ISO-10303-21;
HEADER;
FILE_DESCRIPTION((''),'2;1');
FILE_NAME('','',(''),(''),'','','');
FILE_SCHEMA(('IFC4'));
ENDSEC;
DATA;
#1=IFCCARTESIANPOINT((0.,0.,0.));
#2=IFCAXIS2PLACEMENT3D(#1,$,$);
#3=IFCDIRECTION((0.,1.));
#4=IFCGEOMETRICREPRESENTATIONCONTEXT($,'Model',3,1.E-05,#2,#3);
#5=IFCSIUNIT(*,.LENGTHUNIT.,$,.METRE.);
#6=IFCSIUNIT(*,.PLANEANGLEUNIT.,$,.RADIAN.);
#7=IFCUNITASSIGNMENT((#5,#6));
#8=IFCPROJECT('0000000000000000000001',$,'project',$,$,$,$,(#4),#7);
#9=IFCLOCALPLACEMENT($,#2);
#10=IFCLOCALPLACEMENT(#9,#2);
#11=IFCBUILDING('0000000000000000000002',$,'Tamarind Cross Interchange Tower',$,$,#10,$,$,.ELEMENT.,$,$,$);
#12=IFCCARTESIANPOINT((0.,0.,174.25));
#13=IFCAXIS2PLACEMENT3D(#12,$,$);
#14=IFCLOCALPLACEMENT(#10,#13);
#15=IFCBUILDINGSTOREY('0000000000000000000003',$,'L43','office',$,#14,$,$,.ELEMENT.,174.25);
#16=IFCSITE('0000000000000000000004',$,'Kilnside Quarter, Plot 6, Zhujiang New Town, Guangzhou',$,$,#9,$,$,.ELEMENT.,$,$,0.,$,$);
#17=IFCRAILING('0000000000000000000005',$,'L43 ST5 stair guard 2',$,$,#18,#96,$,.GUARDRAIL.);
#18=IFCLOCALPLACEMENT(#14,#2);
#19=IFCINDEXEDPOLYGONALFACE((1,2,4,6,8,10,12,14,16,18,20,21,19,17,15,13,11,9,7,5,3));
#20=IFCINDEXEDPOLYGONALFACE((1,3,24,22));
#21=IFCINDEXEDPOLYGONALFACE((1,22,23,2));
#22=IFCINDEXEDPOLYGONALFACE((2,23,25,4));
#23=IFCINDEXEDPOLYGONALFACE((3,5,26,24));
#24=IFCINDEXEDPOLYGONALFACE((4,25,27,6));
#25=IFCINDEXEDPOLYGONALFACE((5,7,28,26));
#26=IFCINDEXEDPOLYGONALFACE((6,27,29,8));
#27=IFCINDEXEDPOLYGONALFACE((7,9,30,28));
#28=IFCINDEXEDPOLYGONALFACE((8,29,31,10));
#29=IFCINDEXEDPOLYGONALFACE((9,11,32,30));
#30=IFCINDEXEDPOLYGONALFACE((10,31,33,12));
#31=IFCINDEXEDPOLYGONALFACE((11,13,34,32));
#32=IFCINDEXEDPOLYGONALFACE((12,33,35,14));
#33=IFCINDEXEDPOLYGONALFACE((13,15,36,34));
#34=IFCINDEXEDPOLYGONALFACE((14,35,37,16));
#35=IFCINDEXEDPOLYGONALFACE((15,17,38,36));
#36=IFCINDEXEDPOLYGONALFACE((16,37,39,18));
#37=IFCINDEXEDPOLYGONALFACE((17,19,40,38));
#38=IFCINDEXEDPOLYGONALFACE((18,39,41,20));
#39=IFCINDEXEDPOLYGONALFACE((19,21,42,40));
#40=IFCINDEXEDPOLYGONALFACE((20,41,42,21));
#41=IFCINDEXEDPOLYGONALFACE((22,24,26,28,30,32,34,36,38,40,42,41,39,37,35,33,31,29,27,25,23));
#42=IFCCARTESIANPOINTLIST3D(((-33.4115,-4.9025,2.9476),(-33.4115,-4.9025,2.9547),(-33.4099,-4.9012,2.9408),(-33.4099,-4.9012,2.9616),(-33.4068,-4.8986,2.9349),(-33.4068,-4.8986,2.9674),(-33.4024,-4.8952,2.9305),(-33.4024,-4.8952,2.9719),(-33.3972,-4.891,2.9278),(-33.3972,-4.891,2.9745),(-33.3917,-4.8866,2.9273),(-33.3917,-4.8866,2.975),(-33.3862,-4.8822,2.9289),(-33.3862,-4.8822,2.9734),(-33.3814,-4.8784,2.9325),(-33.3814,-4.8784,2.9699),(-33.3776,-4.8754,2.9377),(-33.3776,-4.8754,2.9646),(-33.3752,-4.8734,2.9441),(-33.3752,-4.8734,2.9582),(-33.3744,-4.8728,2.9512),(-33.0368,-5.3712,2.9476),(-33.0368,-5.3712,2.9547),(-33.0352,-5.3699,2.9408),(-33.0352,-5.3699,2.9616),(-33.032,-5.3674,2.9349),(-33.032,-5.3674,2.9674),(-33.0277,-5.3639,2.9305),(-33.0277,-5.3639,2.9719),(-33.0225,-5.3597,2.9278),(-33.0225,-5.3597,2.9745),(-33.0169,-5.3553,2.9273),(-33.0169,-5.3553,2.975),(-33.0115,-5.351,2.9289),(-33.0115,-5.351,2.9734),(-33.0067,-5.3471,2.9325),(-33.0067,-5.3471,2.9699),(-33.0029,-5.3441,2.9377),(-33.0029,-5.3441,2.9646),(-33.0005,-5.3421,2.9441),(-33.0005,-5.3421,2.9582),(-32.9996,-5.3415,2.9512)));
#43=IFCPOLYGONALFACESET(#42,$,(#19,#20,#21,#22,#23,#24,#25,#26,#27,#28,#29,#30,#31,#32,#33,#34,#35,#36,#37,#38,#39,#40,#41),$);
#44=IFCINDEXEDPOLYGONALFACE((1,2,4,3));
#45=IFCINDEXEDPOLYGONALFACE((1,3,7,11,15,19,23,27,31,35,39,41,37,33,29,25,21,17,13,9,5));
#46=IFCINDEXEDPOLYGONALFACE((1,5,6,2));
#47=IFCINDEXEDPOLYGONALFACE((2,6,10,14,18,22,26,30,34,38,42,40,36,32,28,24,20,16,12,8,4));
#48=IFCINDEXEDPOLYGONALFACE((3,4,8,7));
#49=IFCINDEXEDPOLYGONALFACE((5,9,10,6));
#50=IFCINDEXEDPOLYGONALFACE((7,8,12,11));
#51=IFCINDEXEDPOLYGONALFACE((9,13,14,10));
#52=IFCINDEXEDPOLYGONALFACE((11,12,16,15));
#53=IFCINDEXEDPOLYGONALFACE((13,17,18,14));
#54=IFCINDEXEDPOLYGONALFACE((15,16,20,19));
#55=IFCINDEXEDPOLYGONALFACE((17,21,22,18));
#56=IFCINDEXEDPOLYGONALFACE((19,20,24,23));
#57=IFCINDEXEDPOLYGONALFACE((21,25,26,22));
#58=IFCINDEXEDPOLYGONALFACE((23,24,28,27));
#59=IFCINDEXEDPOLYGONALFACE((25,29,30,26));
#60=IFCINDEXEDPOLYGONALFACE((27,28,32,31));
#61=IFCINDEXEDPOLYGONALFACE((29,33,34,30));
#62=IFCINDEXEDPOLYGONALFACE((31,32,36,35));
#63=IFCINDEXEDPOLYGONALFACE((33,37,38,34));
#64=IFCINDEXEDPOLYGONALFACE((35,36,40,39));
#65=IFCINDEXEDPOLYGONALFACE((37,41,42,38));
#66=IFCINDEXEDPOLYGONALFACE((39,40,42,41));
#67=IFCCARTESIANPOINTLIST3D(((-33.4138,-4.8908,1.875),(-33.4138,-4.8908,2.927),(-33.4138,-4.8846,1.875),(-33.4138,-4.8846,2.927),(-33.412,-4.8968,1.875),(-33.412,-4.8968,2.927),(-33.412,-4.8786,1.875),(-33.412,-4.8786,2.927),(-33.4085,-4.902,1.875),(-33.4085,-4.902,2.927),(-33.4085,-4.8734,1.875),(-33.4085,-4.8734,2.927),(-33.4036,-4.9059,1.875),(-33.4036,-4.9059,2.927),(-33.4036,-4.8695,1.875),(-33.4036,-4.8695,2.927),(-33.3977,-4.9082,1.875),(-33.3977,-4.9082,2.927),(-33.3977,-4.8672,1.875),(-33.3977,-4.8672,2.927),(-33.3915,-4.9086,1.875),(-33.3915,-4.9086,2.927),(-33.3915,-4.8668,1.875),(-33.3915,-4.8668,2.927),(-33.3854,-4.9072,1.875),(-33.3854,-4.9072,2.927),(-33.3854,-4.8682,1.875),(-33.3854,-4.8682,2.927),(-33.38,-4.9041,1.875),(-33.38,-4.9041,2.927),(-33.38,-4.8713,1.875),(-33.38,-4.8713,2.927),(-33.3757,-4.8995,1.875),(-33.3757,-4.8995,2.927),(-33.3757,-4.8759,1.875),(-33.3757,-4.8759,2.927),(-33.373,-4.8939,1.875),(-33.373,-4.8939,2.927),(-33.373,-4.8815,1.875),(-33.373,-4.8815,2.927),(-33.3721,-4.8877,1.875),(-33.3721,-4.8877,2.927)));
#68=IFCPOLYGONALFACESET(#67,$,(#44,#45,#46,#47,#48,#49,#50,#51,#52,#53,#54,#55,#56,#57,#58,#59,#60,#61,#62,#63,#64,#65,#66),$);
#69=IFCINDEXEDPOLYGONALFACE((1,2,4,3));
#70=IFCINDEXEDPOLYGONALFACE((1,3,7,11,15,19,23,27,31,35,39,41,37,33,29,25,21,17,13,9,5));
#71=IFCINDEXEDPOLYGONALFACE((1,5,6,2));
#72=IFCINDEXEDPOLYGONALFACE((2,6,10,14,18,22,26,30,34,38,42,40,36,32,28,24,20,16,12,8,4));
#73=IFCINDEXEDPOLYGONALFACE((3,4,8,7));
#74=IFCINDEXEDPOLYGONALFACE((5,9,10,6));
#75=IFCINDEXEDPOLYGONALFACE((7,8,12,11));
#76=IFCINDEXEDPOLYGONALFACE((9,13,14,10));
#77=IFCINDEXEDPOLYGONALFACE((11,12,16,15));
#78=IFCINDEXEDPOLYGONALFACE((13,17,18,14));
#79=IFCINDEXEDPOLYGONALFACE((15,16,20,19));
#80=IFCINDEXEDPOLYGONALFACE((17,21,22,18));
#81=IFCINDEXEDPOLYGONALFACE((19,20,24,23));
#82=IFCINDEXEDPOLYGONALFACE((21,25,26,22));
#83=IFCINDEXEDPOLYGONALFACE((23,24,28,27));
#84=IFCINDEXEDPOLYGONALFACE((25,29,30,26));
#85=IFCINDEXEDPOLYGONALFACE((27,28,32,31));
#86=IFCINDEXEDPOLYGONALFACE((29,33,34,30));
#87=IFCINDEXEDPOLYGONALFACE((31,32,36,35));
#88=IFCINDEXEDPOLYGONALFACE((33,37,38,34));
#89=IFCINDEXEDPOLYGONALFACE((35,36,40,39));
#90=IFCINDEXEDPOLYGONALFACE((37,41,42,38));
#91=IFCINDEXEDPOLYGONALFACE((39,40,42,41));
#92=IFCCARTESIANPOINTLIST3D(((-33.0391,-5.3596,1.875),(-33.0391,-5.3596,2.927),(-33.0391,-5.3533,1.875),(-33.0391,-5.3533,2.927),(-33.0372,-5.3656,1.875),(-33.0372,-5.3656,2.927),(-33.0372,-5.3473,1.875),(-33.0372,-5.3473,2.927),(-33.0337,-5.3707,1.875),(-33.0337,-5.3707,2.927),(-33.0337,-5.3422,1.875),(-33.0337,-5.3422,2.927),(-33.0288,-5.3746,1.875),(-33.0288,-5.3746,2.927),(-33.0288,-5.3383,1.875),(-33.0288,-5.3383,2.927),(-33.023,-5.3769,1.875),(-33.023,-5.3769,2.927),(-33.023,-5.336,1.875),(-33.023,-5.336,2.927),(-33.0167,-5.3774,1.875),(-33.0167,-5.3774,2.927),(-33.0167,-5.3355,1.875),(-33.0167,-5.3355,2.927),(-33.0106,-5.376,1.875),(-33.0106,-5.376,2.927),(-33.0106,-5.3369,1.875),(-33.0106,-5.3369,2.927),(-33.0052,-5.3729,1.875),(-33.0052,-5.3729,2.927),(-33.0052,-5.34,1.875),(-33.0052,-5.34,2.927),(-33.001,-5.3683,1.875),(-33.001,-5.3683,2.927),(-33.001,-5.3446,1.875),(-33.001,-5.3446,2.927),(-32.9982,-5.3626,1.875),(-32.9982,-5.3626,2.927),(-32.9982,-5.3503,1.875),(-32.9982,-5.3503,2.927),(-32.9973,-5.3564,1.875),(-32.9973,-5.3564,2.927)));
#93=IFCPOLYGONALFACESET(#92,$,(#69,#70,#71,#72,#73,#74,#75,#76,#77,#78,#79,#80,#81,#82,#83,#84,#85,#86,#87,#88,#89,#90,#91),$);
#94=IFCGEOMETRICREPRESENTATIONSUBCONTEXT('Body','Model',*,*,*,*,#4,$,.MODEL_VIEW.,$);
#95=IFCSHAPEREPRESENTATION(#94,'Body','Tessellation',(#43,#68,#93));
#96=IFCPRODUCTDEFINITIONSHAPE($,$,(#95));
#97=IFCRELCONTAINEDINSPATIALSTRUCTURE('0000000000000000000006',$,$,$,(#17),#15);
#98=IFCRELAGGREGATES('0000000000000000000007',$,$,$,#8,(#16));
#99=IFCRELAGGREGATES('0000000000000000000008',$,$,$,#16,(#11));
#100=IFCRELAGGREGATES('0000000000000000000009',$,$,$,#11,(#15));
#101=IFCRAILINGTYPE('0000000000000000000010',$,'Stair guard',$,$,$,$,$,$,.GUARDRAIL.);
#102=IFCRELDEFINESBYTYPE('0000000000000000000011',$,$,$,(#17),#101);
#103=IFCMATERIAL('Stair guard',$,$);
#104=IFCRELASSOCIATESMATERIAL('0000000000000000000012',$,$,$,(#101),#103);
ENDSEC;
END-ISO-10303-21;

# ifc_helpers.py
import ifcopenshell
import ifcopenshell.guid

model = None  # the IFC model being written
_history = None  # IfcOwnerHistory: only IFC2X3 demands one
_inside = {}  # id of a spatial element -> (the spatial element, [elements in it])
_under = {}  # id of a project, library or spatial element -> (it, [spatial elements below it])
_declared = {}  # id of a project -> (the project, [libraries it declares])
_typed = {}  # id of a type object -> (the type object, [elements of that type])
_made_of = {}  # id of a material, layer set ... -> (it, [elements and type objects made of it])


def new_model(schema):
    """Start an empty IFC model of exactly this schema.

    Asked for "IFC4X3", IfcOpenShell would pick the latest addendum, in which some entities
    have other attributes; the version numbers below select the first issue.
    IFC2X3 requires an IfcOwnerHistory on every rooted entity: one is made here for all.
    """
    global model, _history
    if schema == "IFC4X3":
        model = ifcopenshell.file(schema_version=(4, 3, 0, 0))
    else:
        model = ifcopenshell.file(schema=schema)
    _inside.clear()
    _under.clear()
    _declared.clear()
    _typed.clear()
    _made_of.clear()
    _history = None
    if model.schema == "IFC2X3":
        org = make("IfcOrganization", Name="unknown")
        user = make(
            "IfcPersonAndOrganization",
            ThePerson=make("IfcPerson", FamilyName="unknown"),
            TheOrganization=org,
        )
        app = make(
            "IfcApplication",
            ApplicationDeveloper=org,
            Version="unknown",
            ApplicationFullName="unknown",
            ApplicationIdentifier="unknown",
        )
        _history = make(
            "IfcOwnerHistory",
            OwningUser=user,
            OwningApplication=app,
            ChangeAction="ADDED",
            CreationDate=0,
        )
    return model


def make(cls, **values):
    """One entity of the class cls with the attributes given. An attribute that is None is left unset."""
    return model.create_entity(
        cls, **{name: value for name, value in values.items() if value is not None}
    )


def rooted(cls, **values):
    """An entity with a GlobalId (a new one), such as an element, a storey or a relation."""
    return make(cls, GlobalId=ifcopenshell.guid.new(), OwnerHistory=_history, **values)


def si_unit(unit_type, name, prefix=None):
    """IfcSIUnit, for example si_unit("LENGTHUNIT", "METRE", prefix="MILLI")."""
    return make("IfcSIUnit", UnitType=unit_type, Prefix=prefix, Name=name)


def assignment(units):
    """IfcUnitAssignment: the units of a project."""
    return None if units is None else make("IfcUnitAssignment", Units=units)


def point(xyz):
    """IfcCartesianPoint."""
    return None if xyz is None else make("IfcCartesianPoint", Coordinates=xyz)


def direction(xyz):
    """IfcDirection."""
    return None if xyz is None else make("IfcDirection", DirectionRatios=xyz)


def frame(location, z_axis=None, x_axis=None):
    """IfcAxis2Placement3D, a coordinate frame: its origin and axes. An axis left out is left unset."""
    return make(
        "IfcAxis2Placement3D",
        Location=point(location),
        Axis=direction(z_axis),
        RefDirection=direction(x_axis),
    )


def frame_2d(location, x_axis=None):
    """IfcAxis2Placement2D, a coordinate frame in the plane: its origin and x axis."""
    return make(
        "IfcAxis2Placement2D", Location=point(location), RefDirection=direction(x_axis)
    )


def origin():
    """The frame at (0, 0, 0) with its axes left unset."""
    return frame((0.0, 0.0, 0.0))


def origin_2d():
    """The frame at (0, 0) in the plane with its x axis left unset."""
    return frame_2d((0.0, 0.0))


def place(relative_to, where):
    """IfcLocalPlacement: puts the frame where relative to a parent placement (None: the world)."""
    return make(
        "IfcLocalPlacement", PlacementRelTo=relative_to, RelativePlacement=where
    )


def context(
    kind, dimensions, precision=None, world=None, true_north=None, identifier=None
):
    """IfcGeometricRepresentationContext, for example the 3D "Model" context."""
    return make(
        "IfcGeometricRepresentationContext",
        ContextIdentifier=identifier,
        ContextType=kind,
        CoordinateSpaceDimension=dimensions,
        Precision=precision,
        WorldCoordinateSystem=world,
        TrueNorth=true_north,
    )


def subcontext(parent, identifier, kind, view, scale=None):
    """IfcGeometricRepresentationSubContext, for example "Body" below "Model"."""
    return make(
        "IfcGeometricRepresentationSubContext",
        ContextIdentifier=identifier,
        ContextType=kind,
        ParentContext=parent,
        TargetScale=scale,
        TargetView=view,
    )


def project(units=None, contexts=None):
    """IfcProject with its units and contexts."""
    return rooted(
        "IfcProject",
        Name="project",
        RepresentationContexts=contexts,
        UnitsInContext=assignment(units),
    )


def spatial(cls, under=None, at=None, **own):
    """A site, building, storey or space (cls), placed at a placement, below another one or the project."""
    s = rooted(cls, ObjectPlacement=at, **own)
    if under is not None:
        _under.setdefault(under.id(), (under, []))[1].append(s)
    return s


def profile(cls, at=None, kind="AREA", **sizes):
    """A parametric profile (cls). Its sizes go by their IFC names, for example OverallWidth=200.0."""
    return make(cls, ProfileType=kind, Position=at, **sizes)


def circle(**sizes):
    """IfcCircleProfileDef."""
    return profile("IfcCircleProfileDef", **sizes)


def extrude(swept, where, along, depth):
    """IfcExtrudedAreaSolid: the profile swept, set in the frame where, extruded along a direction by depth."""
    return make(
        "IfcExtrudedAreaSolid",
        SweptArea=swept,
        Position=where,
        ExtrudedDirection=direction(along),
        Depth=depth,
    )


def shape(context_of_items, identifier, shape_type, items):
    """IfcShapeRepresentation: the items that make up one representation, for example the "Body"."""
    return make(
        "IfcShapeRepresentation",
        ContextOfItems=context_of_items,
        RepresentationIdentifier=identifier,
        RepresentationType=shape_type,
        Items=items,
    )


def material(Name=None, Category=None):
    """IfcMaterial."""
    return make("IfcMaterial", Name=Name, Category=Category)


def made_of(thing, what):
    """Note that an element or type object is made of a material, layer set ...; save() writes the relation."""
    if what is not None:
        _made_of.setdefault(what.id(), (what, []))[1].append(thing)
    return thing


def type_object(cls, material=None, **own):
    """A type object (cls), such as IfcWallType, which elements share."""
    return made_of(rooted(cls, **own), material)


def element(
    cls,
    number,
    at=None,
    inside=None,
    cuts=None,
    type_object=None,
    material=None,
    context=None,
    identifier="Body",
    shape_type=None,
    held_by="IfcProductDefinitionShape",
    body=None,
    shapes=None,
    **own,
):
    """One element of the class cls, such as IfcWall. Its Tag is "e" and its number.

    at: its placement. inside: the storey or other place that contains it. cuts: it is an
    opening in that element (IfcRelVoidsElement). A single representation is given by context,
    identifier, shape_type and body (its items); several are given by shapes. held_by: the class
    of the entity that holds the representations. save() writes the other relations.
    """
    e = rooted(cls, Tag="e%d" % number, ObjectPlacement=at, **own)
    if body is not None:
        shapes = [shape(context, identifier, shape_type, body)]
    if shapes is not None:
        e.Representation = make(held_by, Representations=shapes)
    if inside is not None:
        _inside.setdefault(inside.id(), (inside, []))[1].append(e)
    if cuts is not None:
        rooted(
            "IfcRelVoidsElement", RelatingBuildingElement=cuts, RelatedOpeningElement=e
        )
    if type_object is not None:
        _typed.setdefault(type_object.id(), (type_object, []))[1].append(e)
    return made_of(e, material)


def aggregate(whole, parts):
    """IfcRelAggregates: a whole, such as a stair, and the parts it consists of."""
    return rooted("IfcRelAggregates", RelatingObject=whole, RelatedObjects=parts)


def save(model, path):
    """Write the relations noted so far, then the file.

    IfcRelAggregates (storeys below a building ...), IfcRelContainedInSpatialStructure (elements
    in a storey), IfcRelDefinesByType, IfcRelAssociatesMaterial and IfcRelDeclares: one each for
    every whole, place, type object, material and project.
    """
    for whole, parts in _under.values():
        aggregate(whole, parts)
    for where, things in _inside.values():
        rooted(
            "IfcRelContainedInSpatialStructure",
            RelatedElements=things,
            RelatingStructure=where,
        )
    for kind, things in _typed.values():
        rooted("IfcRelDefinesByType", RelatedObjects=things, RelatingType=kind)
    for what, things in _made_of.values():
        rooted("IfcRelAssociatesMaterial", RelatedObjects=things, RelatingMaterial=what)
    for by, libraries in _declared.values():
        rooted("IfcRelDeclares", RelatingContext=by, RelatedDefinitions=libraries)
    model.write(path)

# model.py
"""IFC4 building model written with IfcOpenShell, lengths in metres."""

from ifc_helpers import new_model, si_unit, direction, frame, origin, origin_2d, place, context, subcontext, project, spatial, circle, extrude, material, type_object, element, save


model = new_model("IFC4")

# Units and contexts
model_context = context("Model", 3, precision=1e-05, world=origin(), true_north=direction((0.0, 1.0)))
body_context = subcontext(model_context, "Body", "Model", "MODEL_VIEW")
ifc_project = project(units=[si_unit("LENGTHUNIT", "METRE"), si_unit("PLANEANGLEUNIT", "RADIAN")], contexts=[model_context])

# Site, building, storey
site_placement = place(None, origin())
site = spatial("IfcSite", under=ifc_project, at=site_placement, Name="Kilnside Quarter, Plot 6, Zhujiang New Town, Guangzhou", CompositionType="ELEMENT", RefElevation=0.0)
building_placement = place(site_placement, origin())
building = spatial("IfcBuilding", under=site, at=building_placement, Name="Tamarind Cross Interchange Tower", CompositionType="ELEMENT")
storey_placement = place(building_placement, frame((0.0, 0.0, 174.25)))
storey = spatial("IfcBuildingStorey", under=building, at=storey_placement, Name="L43", Description="office", CompositionType="ELEMENT", Elevation=174.25)

# Railing
ifc_material_1 = material(Name="Stair guard")
railing_type_1 = type_object("IfcRailingType", Name="Stair guard", PredefinedType="GUARDRAIL", material=ifc_material_1)
railing_1_placement = place(storey_placement, frame((-33.3931, -4.8877, 1.875)))
element("IfcRailing", 1, at=railing_1_placement, inside=storey, type_object=railing_type_1, Name="L43 ST5 stair guard 2", PredefinedType="GUARDRAIL", context=body_context, shape_type="SweptSolid", body=[
    extrude(circle(Radius=0.0239, at=origin_2d()), frame((0.0, 0.0, 1.0762), z_axis=(0.624447, -0.781067, 0.0), x_axis=(0.781067, 0.624447, 0.0)), (0.0, 0.0, 1.0), 0.6001),
    extrude(circle(Radius=0.021, at=origin_2d()), origin(), (0.0, 0.0, 1.0), 1.052),
    extrude(circle(Radius=0.021, at=origin_2d()), frame((0.3748, -0.4688, 0.0)), (0.0, 0.0, 1.0), 1.052),
])

save(model, "model.ifc")
